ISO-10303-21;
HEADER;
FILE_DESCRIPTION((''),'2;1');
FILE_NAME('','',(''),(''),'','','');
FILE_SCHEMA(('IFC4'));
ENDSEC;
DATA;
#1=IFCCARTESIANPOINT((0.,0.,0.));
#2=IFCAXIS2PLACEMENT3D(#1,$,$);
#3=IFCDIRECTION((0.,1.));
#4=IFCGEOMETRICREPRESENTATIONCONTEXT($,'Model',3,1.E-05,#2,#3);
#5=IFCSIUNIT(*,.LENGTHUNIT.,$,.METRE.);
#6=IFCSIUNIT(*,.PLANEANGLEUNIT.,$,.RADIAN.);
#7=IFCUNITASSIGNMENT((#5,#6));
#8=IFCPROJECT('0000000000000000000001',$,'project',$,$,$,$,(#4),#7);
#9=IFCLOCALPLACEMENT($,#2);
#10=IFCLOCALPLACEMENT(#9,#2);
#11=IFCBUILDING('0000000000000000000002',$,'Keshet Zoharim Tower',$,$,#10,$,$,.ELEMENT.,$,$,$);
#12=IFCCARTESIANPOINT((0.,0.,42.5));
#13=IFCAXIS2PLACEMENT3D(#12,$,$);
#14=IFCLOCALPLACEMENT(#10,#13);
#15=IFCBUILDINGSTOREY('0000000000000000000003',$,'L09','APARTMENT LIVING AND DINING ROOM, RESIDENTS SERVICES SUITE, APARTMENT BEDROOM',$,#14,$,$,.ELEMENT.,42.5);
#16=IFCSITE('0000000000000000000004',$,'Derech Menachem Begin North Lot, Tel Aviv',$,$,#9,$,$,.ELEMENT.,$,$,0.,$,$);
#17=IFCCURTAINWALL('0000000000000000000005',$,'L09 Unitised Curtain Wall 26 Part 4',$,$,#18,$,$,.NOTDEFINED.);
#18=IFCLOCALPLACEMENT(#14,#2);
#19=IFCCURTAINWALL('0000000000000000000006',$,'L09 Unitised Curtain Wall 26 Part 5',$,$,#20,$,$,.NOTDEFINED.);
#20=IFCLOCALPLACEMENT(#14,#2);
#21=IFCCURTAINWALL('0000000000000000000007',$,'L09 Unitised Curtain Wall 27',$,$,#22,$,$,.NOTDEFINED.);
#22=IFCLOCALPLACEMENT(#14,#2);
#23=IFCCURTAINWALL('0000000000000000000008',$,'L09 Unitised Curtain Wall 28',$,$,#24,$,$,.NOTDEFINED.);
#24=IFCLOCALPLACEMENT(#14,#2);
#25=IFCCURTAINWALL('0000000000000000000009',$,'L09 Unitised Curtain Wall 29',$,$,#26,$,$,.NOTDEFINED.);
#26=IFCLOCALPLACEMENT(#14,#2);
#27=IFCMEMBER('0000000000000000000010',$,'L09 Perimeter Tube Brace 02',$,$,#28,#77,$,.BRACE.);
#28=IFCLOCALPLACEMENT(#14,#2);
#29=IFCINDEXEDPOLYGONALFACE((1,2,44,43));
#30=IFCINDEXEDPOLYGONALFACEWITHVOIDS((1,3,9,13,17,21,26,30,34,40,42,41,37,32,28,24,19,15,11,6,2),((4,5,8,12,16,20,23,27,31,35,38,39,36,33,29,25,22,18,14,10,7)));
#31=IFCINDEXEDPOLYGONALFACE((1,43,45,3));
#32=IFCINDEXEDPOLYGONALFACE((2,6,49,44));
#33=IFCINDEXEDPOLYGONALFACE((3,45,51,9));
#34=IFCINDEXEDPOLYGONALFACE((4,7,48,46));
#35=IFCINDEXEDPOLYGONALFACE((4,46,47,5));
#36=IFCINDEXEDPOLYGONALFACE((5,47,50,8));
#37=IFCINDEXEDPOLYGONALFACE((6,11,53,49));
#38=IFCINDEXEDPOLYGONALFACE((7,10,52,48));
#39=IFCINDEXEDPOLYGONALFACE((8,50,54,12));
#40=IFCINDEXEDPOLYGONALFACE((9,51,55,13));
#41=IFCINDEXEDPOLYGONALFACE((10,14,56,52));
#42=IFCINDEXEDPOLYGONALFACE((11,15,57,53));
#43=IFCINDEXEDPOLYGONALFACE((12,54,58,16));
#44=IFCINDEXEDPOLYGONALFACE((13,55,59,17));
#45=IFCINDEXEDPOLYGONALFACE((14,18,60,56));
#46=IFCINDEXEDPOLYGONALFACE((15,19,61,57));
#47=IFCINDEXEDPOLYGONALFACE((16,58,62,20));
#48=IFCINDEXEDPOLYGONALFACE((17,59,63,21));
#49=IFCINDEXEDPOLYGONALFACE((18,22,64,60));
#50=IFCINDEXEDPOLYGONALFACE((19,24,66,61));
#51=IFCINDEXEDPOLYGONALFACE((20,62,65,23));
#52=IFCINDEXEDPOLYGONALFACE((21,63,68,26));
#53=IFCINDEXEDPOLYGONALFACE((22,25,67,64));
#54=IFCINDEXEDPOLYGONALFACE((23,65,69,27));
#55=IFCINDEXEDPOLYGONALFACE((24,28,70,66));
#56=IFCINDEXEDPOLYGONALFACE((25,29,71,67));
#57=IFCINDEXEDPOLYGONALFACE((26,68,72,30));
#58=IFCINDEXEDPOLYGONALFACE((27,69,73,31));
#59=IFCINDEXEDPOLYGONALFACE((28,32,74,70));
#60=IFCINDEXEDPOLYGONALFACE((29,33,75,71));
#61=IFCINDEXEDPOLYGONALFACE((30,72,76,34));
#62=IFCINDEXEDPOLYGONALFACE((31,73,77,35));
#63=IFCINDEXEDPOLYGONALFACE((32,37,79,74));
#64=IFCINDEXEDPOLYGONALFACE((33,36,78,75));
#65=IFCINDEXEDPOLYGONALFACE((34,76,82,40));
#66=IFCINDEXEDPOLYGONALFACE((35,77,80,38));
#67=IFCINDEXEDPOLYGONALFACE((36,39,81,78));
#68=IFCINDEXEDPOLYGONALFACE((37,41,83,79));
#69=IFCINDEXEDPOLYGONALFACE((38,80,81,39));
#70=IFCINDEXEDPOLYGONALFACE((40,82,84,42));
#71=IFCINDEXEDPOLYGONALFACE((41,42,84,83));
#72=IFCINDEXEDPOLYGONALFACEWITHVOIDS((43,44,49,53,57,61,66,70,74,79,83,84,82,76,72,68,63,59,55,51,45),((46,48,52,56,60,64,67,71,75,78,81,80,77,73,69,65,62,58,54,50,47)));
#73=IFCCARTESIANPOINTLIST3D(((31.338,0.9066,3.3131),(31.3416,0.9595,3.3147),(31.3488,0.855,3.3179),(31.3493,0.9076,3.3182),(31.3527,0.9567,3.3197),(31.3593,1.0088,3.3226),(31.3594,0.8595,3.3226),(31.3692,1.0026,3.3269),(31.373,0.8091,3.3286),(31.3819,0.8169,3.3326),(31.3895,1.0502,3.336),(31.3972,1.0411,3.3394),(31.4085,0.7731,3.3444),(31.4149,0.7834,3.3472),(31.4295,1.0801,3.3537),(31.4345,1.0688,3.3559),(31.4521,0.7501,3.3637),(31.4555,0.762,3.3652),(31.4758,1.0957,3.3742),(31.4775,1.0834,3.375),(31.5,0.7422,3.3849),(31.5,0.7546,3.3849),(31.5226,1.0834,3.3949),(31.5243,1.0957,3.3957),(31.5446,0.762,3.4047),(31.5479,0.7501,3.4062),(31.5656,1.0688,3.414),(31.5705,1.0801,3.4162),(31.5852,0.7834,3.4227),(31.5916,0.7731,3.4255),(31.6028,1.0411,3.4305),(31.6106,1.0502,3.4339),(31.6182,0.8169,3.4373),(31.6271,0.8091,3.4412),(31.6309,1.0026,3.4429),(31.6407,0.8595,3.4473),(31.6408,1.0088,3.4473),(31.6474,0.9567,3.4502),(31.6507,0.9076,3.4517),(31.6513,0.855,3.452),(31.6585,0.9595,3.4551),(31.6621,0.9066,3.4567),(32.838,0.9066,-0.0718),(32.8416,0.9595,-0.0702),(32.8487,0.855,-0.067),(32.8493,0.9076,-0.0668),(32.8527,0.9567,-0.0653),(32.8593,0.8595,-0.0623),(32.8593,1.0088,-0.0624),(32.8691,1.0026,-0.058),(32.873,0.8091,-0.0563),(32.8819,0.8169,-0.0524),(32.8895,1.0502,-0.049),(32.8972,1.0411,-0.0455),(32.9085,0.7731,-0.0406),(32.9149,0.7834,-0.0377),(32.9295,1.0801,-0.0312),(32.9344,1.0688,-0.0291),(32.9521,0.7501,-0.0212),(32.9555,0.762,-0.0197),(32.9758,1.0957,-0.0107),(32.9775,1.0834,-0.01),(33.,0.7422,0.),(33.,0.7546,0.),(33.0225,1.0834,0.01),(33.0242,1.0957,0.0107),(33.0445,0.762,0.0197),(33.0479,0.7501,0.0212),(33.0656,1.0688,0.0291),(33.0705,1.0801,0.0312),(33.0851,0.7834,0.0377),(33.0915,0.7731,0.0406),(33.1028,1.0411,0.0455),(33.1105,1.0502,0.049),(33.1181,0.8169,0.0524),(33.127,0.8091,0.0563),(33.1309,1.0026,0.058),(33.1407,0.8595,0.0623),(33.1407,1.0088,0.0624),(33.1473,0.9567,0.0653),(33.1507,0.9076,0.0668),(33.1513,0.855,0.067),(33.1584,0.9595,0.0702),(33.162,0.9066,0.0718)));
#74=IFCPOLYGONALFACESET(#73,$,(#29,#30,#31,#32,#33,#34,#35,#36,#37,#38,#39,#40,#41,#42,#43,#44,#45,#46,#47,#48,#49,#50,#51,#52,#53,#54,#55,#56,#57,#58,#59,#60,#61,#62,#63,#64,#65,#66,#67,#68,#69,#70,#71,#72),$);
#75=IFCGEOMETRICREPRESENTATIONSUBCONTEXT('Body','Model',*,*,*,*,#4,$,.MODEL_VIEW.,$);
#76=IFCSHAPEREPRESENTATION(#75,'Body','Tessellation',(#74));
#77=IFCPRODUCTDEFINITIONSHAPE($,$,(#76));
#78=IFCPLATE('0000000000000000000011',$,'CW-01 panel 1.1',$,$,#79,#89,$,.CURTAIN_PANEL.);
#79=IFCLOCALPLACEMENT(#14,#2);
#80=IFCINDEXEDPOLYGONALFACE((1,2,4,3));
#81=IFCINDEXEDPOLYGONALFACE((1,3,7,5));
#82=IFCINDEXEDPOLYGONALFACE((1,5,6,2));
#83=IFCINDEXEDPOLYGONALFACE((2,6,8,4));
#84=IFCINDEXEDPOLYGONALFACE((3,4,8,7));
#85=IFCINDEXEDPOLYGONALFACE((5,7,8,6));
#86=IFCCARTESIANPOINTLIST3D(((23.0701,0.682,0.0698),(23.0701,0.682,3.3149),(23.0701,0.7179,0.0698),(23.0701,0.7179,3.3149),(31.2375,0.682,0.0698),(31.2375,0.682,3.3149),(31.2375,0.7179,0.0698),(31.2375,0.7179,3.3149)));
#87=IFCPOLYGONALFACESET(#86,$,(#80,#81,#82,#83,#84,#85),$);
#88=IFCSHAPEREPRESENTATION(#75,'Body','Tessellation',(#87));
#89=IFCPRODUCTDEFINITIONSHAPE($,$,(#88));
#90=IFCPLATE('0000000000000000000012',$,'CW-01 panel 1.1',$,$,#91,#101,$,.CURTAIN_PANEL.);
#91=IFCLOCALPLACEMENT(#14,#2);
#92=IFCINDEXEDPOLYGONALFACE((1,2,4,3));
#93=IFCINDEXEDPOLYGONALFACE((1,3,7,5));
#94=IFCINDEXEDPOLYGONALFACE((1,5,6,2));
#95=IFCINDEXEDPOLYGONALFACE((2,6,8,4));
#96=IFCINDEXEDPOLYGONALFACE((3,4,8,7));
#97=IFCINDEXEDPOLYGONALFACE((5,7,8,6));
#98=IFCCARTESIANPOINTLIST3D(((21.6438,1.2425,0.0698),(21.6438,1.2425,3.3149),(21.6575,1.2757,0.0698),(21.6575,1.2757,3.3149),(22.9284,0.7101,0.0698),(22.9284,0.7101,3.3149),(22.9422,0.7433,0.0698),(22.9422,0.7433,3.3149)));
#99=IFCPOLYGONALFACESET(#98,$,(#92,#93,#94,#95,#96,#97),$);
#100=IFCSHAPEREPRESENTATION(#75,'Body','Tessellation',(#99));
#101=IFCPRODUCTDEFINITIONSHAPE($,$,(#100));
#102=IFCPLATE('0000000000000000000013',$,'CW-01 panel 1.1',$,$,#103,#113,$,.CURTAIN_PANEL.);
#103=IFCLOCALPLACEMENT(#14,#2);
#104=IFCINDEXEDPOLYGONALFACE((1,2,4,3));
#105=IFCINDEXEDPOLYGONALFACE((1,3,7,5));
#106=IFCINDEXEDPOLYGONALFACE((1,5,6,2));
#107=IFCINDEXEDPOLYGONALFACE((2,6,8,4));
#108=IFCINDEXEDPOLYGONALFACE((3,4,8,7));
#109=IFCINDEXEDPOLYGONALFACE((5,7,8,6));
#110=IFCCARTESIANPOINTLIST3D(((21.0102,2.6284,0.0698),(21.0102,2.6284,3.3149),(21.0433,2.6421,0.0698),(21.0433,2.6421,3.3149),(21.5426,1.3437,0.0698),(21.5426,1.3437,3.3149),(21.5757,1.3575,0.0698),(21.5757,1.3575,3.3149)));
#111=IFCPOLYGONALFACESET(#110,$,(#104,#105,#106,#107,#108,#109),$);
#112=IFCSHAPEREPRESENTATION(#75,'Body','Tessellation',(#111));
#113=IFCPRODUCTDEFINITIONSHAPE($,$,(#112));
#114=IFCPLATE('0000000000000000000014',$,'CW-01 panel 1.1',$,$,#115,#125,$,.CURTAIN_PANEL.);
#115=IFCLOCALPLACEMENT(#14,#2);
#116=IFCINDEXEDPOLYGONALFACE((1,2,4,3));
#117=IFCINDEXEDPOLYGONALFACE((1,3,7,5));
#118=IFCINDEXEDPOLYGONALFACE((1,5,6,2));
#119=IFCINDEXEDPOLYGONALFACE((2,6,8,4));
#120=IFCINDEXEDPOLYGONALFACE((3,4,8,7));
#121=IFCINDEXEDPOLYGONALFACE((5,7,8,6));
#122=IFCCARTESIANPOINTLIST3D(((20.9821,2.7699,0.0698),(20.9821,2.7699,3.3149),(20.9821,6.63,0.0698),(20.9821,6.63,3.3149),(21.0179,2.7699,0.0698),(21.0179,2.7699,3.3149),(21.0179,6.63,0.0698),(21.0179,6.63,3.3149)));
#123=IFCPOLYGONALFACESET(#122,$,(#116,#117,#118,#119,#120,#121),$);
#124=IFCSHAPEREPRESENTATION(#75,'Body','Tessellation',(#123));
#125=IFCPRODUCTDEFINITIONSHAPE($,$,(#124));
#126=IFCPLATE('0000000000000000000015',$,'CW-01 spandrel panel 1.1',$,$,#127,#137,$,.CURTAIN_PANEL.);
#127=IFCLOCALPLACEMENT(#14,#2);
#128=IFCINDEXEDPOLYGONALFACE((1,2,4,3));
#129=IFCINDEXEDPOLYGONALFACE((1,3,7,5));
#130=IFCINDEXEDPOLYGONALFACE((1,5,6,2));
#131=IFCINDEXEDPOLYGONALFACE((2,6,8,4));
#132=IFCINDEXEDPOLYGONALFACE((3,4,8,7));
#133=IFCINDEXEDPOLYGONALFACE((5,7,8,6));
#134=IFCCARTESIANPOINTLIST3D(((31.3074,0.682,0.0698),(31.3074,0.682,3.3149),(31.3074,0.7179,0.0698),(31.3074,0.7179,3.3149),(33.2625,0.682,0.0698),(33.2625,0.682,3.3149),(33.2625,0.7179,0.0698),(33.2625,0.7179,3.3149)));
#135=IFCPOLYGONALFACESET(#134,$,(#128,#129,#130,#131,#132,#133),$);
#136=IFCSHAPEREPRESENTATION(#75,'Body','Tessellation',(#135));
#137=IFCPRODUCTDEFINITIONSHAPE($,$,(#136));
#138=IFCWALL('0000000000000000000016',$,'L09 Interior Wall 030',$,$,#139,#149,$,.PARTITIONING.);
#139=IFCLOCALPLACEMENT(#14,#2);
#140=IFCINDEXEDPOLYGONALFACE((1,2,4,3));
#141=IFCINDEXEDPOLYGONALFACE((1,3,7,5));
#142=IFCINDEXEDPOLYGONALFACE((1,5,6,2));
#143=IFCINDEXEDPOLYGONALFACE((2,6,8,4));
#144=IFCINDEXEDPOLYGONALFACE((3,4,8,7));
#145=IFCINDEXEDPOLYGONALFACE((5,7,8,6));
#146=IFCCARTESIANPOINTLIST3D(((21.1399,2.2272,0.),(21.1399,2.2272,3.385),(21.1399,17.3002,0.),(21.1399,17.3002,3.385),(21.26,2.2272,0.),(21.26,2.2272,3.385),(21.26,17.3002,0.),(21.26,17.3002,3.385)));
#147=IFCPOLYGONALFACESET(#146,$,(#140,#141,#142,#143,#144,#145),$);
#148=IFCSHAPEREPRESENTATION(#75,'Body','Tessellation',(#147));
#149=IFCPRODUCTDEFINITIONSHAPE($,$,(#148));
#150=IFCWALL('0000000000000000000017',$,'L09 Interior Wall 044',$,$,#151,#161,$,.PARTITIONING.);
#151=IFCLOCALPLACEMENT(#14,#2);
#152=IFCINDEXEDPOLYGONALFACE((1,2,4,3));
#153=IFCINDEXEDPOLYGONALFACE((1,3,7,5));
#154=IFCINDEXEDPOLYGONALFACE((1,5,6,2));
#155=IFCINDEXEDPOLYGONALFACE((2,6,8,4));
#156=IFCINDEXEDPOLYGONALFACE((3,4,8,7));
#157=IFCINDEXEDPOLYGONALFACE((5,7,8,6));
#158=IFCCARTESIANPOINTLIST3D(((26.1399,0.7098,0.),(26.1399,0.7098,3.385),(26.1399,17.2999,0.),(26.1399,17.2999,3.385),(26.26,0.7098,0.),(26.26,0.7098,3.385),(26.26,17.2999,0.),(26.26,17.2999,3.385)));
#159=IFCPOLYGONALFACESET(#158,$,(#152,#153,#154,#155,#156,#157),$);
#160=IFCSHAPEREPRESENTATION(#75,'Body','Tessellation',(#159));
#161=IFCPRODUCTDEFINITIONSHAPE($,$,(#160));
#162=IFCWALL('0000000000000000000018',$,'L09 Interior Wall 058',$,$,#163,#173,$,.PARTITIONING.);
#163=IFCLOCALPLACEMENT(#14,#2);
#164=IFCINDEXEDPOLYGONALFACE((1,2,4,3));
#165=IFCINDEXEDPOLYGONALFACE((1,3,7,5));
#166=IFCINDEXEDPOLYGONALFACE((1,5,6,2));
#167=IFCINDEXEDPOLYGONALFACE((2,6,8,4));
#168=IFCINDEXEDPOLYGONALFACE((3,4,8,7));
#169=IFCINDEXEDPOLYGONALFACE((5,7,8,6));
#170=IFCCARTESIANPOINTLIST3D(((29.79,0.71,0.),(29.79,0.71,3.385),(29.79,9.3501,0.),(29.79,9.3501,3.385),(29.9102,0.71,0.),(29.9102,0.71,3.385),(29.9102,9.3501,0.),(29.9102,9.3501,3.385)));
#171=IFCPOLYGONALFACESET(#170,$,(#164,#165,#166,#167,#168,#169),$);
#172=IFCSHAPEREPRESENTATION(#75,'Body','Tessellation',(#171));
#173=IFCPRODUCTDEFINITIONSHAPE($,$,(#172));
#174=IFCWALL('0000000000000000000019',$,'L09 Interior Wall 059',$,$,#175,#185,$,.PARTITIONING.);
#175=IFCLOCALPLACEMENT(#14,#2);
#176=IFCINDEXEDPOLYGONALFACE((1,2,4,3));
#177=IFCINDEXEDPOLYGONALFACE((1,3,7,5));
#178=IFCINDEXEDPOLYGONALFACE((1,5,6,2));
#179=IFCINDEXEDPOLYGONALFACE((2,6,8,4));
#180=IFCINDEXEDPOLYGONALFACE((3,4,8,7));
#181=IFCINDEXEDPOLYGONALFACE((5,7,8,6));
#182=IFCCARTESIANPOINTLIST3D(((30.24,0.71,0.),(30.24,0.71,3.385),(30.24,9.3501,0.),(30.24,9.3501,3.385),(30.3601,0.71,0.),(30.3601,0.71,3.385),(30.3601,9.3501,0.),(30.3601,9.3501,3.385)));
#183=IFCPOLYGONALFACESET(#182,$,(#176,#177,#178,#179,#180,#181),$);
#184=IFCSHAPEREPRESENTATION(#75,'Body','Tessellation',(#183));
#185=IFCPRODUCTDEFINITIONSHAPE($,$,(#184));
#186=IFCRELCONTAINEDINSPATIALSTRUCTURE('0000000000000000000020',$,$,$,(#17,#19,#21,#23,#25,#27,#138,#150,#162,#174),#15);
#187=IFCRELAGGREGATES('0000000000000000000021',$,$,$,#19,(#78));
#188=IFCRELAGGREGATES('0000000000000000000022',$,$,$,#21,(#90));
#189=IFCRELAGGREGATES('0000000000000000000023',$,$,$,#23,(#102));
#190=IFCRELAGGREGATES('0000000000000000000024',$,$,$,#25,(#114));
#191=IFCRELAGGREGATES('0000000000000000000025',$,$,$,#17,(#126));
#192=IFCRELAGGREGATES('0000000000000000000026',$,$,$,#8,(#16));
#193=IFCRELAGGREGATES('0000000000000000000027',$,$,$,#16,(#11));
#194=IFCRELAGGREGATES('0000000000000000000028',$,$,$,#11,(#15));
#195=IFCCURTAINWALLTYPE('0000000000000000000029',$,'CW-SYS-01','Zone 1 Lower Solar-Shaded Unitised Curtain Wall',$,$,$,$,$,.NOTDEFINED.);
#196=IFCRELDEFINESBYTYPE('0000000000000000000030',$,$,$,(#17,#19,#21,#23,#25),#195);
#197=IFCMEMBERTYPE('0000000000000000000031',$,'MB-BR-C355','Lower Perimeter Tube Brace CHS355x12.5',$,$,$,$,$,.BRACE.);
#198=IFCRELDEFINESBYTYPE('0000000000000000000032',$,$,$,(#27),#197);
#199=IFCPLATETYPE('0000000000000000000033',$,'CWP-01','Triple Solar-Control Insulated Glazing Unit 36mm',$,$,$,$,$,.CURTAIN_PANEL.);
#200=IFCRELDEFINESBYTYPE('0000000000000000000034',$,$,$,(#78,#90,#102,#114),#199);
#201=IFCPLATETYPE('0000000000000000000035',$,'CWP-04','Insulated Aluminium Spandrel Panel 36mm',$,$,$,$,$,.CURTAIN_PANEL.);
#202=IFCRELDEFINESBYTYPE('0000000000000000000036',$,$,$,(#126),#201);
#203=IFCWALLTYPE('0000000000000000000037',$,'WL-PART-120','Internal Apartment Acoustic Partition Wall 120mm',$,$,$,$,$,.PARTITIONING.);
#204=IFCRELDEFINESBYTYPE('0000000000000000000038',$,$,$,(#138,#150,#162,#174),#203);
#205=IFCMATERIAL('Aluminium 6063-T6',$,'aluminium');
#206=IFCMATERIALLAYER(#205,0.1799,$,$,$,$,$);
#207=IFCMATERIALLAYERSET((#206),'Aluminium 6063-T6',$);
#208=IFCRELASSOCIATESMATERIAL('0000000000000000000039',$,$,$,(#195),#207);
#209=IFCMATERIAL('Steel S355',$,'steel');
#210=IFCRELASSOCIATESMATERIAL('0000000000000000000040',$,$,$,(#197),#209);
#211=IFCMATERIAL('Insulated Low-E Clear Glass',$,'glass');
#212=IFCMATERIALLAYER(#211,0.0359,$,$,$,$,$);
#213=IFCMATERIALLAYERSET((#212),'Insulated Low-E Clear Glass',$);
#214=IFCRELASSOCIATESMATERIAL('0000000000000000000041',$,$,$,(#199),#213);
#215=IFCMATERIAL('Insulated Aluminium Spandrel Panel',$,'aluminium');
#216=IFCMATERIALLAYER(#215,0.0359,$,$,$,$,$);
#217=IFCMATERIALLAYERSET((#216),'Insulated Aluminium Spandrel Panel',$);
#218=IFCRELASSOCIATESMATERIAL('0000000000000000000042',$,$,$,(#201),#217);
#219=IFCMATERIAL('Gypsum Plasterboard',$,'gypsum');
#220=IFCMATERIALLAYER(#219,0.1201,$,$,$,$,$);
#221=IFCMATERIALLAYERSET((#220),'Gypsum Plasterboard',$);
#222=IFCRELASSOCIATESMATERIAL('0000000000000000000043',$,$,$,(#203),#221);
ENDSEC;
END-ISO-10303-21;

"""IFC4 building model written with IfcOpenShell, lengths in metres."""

from ifc_helpers import new_model, si_unit, direction, frame, frame_2d, origin, origin_2d, place, context, subcontext, project, spatial, rectangle, hollow_circle, extrude, material, layer, layer_set, material_profile, profile_set, type_object, element, aggregate, save


model = new_model("IFC4")

# Units and contexts
model_context = context("Model", 3, precision=1e-05, world=origin(), true_north=direction((0.0, 1.0)))
body_context = subcontext(model_context, "Body", "Model", "MODEL_VIEW")
ifc_project = project(units=[si_unit("LENGTHUNIT", "METRE"), si_unit("PLANEANGLEUNIT", "RADIAN")], contexts=[model_context])

# Site, building, storey
site_placement = place(None, origin())
site = spatial("IfcSite", under=ifc_project, at=site_placement, Name="Derech Menachem Begin North Lot, Tel Aviv", CompositionType="ELEMENT", RefElevation=0.0)
building_placement = place(site_placement, origin())
building = spatial("IfcBuilding", under=site, at=building_placement, Name="Keshet Zoharim Tower", CompositionType="ELEMENT")
storey_placement = place(building_placement, frame((0.0, 0.0, 42.5)))
storey = spatial("IfcBuildingStorey", under=building, at=storey_placement, Name="L09", Description="APARTMENT LIVING AND DINING ROOM, RESIDENTS SERVICES SUITE, APARTMENT BEDROOM", CompositionType="ELEMENT", Elevation=42.5)

# Shared definitions
ifc_material_1 = material(Name="Steel S355", Category="steel")

# Curtain walls
ifc_material_2 = material(Name="Aluminium 6063-T6", Category="aluminium")
ifc_layer_1 = layer(ifc_material_2, 0.1799)
ifc_layer_set_1 = layer_set([ifc_layer_1], Name="Aluminium 6063-T6")
curtain_wall_type = type_object("IfcCurtainWallType", Name="CW-SYS-01", Description="Zone 1 Lower Solar-Shaded Unitised Curtain Wall", PredefinedType="NOTDEFINED", material=ifc_layer_set_1)
curtain_wall_1_placement = place(storey_placement, origin())
curtain_wall_1 = element("IfcCurtainWall", 1, at=curtain_wall_1_placement, inside=storey, type_object=curtain_wall_type, Name="L09 Unitised Curtain Wall 26 Part 4", PredefinedType="NOTDEFINED")
curtain_wall_2_placement = place(storey_placement, origin())
curtain_wall_2 = element("IfcCurtainWall", 2, at=curtain_wall_2_placement, inside=storey, type_object=curtain_wall_type, Name="L09 Unitised Curtain Wall 26 Part 5", PredefinedType="NOTDEFINED")

# Curtain walls
curtain_wall_3_placement = place(storey_placement, origin())
curtain_wall_3 = element("IfcCurtainWall", 3, at=curtain_wall_3_placement, inside=storey, type_object=curtain_wall_type, Name="L09 Unitised Curtain Wall 27", PredefinedType="NOTDEFINED")
curtain_wall_4_placement = place(storey_placement, origin())
curtain_wall_4 = element("IfcCurtainWall", 4, at=curtain_wall_4_placement, inside=storey, type_object=curtain_wall_type, Name="L09 Unitised Curtain Wall 28", PredefinedType="NOTDEFINED")

# Curtain wall
curtain_wall_5_placement = place(storey_placement, origin())
curtain_wall_5 = element("IfcCurtainWall", 5, at=curtain_wall_5_placement, inside=storey, type_object=curtain_wall_type, Name="L09 Unitised Curtain Wall 29", PredefinedType="NOTDEFINED")

# Member
ifc_material_profile_1 = material_profile(ifc_material_1, hollow_circle(Radius=0.1777, WallThickness=0.0125, at=origin_2d()), Name="CHS355x12.5")
ifc_profile_set_1 = profile_set([ifc_material_profile_1], Name="Steel S355")
member_type_1 = type_object("IfcMemberType", Name="MB-BR-C355", Description="Lower Perimeter Tube Brace CHS355x12.5", PredefinedType="BRACE", material=ifc_profile_set_1)
member_1_placement = place(storey_placement, frame((33.0, 0.9199, 0.0), z_axis=(-0.405135, 0.0, 0.914257), x_axis=(0.0, -1.0, 0.0)))
element("IfcMember", 6, at=member_1_placement, inside=storey, type_object=member_type_1, Name="L09 Perimeter Tube Brace 02", PredefinedType="BRACE", context=body_context, shape_type="SweptSolid", body=[
    extrude(hollow_circle(Radius=0.1777, WallThickness=0.0125, at=origin_2d()), origin(), (0.0, 0.0, 1.0), 3.7024),
])

# Plates
ifc_material_3 = material(Name="Insulated Low-E Clear Glass", Category="glass")
ifc_layer_2 = layer(ifc_material_3, 0.0359)
ifc_layer_set_2 = layer_set([ifc_layer_2], Name="Insulated Low-E Clear Glass")
plate_type_1 = type_object("IfcPlateType", Name="CWP-01", Description="Triple Solar-Control Insulated Glazing Unit 36mm", PredefinedType="CURTAIN_PANEL", material=ifc_layer_set_2)
plate_1_placement = place(storey_placement, frame((27.1538, 0.7, 0.0698), z_axis=(0.0, 0.0, 1.0), x_axis=(-1.0, 0.0, 0.0)))
plate_1 = element("IfcPlate", 7, at=plate_1_placement, type_object=plate_type_1, Name="CW-01 panel 1.1", PredefinedType="CURTAIN_PANEL", context=body_context, shape_type="SweptSolid", body=[
    extrude(rectangle(XDim=8.1675, YDim=0.0359, at=origin_2d()), origin(), (0.0, 0.0, 1.0), 3.2451),
])
aggregate(curtain_wall_2, [plate_1])
plate_2_placement = place(storey_placement, frame((22.293, 0.9929, 0.0698), z_axis=(0.0, 0.0, 1.0), x_axis=(-0.92381, 0.382852, 0.0)))
plate_2 = element("IfcPlate", 8, at=plate_2_placement, type_object=plate_type_1, Name="CW-01 panel 1.1", PredefinedType="CURTAIN_PANEL", context=body_context, shape_type="SweptSolid", body=[
    extrude(rectangle(XDim=1.3906, YDim=0.0359, at=origin_2d()), origin(), (0.0, 0.0, 1.0), 3.2451),
])
aggregate(curtain_wall_3, [plate_2])
plate_3_placement = place(storey_placement, frame((21.293, 1.9929, 0.0698), z_axis=(0.0, 0.0, 1.0), x_axis=(-0.382852, 0.92381, 0.0)))
plate_3 = element("IfcPlate", 9, at=plate_3_placement, type_object=plate_type_1, Name="CW-01 panel 1.1", PredefinedType="CURTAIN_PANEL", context=body_context, shape_type="SweptSolid", body=[
    extrude(rectangle(XDim=1.3906, YDim=0.0359, at=origin_2d()), origin(), (0.0, 0.0, 1.0), 3.2451),
])
aggregate(curtain_wall_4, [plate_3])
plate_4_placement = place(storey_placement, frame((21.0, 4.7, 0.0698), z_axis=(0.0, 0.0, 1.0), x_axis=(0.0, 1.0, 0.0)))
plate_4 = element("IfcPlate", 10, at=plate_4_placement, type_object=plate_type_1, Name="CW-01 panel 1.1", PredefinedType="CURTAIN_PANEL", context=body_context, shape_type="SweptSolid", body=[
    extrude(rectangle(XDim=3.8601, YDim=0.0359, at=origin_2d()), origin(), (0.0, 0.0, 1.0), 3.2451),
])
aggregate(curtain_wall_5, [plate_4])
ifc_material_4 = material(Name="Insulated Aluminium Spandrel Panel", Category="aluminium")
ifc_layer_3 = layer(ifc_material_4, 0.0359)
ifc_layer_set_3 = layer_set([ifc_layer_3], Name="Insulated Aluminium Spandrel Panel")
plate_type_2 = type_object("IfcPlateType", Name="CWP-04", Description="Insulated Aluminium Spandrel Panel 36mm", PredefinedType="CURTAIN_PANEL", material=ifc_layer_set_3)
plate_5_placement = place(storey_placement, frame((32.2849, 0.7, 0.0698), z_axis=(0.0, 0.0, 1.0), x_axis=(-1.0, 0.0, 0.0)))
plate_5 = element("IfcPlate", 11, at=plate_5_placement, type_object=plate_type_2, Name="CW-01 spandrel panel 1.1", PredefinedType="CURTAIN_PANEL", context=body_context, shape_type="SweptSolid", body=[
    extrude(rectangle(XDim=1.9551, YDim=0.0359, at=origin_2d()), origin(), (0.0, 0.0, 1.0), 3.2451),
])
aggregate(curtain_wall_1, [plate_5])

# Walls
ifc_material_5 = material(Name="Gypsum Plasterboard", Category="gypsum")
ifc_layer_4 = layer(ifc_material_5, 0.1201)
ifc_layer_set_4 = layer_set([ifc_layer_4], Name="Gypsum Plasterboard")
wall_type = type_object("IfcWallType", Name="WL-PART-120", Description="Internal Apartment Acoustic Partition Wall 120mm", PredefinedType="PARTITIONING", material=ifc_layer_set_4)
wall_1_placement = place(storey_placement, frame((21.2, 2.2271, 0.0), z_axis=(0.0, 0.0, 1.0), x_axis=(0.0, 1.0, 0.0)))
element("IfcWall", 12, at=wall_1_placement, inside=storey, type_object=wall_type, Name="L09 Interior Wall 030", PredefinedType="PARTITIONING", context=body_context, shape_type="SweptSolid", body=[
    extrude(rectangle(XDim=15.073, YDim=0.1201, at=frame_2d((7.5366, 0.0))), origin(), (0.0, 0.0, 1.0), 3.385),
])
wall_2_placement = place(storey_placement, frame((26.2, 0.71, 0.0), z_axis=(0.0, 0.0, 1.0), x_axis=(0.0, 1.0, 0.0)))
element("IfcWall", 13, at=wall_2_placement, inside=storey, type_object=wall_type, Name="L09 Interior Wall 044", PredefinedType="PARTITIONING", context=body_context, shape_type="SweptSolid", body=[
    extrude(rectangle(XDim=16.5901, YDim=0.1201, at=frame_2d((8.2949, 0.0))), origin(), (0.0, 0.0, 1.0), 3.385),
])
for number, where, z_axis, x_axis, name in (
    (14, (29.8501, 0.71, 0.0), (0.0, 0.0, 1.0), (0.0, 1.0, 0.0), "L09 Interior Wall 058"),
    (15, (30.3, 0.71, 0.0), (0.0, 0.0, 1.0), (0.0, 1.0, 0.0), "L09 Interior Wall 059"),
):
    element("IfcWall", number, at=place(storey_placement, frame(where, z_axis=z_axis, x_axis=x_axis)), inside=storey, type_object=wall_type, Name=name, PredefinedType="PARTITIONING", context=body_context, shape_type="SweptSolid", body=[
        extrude(rectangle(XDim=8.6401, YDim=0.1201, at=frame_2d((4.3201, 0.0))), origin(), (0.0, 0.0, 1.0), 3.385),
    ])

save(model, "model.ifc")
